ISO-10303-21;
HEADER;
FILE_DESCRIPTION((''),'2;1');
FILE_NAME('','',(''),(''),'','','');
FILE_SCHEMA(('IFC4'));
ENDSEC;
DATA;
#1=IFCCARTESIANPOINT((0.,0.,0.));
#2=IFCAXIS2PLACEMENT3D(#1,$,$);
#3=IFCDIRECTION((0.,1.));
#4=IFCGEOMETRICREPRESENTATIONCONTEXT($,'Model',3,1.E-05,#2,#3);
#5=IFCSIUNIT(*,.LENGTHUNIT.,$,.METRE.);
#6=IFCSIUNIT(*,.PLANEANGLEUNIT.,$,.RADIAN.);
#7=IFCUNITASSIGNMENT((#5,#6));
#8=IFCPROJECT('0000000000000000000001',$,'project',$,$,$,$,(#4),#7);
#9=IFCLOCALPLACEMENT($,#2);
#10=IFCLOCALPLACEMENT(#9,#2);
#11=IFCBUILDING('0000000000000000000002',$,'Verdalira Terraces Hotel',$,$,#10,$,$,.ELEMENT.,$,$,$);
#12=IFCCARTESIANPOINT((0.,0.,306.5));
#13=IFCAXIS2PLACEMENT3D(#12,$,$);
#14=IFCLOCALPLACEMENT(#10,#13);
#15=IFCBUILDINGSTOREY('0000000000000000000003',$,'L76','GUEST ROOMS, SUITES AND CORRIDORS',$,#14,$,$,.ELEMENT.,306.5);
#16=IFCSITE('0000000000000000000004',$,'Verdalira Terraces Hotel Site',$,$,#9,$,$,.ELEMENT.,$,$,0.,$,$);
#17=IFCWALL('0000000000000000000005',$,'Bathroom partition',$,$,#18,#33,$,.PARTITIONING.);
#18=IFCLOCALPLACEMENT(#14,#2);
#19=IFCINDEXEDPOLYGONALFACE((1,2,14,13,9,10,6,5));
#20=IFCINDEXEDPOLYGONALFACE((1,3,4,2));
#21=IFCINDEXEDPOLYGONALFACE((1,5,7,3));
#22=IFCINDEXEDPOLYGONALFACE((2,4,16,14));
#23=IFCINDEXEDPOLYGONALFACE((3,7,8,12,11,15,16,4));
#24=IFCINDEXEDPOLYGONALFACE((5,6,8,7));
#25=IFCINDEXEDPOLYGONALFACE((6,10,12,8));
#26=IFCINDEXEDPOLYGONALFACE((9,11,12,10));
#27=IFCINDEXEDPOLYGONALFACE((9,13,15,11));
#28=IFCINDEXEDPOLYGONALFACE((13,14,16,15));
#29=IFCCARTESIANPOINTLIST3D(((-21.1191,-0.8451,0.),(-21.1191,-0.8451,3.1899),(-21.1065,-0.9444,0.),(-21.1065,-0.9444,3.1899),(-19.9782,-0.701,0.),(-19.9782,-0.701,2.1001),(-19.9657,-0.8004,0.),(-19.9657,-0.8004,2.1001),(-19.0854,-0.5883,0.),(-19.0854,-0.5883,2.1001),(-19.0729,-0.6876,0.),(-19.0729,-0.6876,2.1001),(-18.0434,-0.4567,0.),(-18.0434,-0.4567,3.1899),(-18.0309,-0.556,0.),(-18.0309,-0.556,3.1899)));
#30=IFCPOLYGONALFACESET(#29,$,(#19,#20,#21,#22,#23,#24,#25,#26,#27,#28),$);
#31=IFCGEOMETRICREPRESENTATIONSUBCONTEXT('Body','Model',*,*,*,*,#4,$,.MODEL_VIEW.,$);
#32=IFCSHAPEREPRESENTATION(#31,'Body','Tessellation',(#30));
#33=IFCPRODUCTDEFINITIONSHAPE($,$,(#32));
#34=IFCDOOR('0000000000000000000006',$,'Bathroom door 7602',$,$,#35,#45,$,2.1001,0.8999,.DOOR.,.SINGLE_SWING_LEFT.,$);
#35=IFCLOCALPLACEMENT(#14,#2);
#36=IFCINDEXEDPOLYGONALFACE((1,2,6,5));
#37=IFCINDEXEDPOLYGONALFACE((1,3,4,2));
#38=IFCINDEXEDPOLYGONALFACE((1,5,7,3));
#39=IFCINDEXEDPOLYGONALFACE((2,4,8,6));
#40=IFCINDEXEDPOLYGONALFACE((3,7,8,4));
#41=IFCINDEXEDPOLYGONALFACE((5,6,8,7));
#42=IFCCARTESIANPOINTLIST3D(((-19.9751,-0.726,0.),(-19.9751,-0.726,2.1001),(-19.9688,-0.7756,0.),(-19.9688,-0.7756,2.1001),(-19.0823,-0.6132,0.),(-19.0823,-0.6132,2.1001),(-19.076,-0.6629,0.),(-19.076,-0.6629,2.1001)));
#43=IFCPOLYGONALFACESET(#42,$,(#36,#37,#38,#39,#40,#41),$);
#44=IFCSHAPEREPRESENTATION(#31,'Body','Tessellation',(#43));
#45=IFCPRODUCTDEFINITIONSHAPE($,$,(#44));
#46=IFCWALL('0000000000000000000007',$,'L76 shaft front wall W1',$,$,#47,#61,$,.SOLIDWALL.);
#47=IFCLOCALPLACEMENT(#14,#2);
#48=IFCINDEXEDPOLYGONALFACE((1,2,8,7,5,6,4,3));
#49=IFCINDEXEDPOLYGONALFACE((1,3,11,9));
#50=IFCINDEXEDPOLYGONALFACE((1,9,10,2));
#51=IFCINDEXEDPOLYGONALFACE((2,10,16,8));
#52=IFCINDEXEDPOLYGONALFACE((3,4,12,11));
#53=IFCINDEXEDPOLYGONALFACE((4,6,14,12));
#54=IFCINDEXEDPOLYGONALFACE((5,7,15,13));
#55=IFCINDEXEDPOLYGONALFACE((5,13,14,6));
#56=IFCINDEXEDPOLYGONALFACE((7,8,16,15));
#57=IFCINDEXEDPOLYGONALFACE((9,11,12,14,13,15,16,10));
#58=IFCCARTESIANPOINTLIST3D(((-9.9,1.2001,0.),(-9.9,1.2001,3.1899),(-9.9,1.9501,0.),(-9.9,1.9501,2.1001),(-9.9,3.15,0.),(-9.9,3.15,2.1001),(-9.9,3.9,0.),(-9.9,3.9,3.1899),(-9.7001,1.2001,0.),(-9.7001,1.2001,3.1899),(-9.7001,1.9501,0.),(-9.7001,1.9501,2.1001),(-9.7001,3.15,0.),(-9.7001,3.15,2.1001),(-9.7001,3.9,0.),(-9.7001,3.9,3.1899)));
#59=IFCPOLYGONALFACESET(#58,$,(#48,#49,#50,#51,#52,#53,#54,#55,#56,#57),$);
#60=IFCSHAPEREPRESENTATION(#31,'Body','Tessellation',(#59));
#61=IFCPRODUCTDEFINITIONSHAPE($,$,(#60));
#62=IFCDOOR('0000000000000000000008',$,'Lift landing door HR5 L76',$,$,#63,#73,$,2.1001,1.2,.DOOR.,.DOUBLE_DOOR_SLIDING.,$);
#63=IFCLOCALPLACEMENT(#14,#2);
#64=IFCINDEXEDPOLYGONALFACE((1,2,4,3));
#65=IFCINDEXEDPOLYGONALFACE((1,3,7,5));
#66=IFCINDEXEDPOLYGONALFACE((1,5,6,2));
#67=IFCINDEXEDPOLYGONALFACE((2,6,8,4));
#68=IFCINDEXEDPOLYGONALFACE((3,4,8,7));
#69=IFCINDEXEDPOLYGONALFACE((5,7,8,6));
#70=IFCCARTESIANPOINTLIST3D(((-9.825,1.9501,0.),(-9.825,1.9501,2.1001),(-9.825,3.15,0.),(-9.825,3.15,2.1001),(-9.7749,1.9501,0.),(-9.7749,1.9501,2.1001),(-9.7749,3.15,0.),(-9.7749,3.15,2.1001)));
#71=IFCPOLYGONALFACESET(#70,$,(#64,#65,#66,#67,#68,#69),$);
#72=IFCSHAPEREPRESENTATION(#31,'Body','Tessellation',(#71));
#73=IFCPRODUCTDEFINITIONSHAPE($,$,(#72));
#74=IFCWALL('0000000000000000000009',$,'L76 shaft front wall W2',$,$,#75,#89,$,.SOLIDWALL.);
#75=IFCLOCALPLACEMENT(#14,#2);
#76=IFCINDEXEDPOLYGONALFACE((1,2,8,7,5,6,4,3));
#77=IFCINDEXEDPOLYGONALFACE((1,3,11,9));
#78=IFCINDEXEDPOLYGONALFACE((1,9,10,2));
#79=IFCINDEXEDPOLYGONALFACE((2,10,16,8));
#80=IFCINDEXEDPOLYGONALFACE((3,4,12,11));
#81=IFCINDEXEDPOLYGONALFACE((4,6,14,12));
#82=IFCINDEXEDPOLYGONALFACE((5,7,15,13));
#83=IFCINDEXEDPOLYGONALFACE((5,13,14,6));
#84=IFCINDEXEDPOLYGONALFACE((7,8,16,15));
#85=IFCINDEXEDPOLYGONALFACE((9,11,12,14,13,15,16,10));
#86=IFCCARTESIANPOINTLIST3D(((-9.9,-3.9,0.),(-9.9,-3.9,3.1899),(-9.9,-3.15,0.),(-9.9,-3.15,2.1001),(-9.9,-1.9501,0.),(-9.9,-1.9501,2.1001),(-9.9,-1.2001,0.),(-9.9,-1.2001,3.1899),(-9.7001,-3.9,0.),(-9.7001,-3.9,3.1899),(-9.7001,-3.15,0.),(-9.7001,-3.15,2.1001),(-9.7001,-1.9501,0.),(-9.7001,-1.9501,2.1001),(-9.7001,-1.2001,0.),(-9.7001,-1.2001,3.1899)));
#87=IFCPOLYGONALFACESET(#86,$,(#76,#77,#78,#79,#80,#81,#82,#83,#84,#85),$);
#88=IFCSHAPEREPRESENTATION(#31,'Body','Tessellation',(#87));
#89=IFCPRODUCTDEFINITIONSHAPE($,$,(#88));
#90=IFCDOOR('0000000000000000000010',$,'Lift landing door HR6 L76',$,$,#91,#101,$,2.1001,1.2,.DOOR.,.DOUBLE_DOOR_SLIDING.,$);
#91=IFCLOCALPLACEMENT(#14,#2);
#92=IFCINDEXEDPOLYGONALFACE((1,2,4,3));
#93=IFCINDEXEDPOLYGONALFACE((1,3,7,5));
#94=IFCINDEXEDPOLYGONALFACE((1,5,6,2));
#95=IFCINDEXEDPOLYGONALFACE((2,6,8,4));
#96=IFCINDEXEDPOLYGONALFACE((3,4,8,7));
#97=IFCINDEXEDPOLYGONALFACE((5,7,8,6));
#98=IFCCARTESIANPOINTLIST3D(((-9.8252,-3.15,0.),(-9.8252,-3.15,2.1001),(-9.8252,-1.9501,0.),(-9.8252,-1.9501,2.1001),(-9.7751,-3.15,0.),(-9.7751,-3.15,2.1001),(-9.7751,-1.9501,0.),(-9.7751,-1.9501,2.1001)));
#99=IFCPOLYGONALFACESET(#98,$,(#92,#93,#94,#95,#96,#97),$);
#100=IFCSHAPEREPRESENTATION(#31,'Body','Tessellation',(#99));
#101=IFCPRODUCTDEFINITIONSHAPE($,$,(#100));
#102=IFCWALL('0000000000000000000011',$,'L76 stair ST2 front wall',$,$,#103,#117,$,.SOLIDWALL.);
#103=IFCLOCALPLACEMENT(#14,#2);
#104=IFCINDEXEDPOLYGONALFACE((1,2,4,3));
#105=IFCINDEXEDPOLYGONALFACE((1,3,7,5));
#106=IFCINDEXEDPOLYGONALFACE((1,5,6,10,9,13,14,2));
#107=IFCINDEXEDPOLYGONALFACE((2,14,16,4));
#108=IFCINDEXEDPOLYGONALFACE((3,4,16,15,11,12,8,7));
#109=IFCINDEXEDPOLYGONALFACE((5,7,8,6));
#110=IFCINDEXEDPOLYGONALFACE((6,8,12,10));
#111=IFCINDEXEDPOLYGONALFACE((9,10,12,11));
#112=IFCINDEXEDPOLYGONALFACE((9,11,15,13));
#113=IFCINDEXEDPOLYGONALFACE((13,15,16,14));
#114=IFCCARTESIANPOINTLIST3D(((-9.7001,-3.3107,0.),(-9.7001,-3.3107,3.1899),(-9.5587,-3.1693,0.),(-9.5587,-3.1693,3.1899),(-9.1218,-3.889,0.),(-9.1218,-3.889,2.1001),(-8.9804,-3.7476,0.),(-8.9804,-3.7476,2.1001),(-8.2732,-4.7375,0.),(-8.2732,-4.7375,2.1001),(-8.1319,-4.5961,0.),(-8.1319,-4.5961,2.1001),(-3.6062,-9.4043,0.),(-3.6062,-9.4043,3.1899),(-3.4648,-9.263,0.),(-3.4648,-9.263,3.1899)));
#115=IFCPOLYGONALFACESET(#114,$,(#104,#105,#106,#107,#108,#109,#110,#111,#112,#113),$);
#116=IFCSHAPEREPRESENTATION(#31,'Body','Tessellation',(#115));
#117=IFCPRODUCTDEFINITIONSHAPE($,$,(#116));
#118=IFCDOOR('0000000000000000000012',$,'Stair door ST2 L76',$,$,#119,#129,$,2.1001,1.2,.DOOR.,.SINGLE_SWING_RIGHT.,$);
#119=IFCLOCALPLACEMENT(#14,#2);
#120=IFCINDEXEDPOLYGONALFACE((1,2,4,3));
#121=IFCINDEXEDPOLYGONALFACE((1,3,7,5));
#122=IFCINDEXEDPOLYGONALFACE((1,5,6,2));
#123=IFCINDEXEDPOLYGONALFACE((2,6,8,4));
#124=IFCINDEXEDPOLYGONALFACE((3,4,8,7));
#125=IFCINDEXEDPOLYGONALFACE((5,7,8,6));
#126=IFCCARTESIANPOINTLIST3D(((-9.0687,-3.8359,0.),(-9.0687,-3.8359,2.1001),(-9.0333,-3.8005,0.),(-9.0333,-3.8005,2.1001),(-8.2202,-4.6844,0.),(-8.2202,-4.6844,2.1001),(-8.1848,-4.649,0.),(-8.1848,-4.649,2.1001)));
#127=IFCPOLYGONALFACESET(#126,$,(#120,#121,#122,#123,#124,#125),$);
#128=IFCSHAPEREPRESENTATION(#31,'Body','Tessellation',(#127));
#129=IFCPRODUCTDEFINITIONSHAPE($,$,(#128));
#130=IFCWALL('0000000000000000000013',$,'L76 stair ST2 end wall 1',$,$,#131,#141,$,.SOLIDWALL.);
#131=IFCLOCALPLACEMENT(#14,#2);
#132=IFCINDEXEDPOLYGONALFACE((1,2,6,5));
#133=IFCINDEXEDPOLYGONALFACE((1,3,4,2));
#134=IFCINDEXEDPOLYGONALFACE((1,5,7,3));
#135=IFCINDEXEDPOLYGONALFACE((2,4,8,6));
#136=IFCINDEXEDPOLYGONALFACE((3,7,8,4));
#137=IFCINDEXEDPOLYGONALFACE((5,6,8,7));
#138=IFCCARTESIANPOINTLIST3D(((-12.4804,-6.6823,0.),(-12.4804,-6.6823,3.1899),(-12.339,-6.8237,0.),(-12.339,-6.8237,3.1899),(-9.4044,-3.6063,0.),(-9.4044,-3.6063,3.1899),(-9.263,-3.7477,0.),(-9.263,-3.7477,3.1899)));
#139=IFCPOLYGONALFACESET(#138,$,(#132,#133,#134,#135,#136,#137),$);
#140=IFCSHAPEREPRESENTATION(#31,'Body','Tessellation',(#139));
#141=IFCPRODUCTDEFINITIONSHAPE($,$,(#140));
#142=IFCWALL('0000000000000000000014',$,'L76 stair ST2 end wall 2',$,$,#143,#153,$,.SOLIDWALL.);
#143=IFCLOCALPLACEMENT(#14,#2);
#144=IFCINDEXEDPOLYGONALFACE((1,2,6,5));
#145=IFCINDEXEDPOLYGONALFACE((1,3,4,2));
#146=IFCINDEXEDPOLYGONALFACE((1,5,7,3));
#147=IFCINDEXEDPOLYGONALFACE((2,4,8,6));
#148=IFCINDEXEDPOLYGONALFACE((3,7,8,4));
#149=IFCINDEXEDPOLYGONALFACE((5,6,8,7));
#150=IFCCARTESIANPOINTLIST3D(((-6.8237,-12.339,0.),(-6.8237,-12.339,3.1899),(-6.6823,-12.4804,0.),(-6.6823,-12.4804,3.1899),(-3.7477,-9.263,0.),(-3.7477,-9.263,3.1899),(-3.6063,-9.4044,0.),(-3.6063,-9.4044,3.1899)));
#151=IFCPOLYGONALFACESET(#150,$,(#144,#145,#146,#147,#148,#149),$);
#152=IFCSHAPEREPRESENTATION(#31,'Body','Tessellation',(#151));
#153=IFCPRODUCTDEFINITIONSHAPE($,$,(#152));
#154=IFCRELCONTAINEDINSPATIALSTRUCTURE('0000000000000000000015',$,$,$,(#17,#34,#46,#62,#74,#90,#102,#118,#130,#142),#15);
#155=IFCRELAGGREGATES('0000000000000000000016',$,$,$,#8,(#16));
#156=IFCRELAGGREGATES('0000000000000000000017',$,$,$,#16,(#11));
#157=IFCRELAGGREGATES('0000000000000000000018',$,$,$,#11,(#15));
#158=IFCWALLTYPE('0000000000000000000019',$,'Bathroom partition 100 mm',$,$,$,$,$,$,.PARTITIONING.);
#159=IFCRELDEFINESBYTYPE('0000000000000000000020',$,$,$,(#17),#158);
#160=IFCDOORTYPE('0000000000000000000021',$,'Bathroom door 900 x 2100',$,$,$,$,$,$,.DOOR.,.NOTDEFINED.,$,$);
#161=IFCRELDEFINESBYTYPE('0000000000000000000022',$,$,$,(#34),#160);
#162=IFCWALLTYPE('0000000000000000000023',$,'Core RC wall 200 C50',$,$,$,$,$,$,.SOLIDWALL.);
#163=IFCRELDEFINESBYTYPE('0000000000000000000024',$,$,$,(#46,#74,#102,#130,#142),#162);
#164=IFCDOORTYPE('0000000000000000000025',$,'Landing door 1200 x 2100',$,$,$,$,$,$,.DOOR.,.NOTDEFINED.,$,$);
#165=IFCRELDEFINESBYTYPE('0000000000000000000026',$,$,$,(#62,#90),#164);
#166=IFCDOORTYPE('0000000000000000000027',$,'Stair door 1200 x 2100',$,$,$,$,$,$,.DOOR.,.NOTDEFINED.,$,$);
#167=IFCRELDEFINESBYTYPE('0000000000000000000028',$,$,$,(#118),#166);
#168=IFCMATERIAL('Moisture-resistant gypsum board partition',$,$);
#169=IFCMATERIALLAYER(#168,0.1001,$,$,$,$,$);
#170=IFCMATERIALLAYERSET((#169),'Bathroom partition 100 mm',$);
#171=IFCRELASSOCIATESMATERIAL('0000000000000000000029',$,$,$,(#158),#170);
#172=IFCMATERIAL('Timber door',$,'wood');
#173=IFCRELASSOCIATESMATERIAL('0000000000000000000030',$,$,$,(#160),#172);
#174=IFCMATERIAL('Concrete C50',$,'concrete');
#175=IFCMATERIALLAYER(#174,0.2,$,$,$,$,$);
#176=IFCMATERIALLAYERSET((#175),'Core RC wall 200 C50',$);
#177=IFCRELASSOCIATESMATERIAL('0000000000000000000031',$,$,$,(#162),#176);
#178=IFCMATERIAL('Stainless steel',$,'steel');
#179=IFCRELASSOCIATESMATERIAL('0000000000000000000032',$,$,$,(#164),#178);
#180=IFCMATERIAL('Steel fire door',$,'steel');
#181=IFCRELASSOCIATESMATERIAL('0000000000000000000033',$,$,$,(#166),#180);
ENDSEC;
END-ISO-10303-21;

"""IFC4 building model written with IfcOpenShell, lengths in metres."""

from ifc_helpers import new_model, si_unit, direction, frame, frame_2d, origin, place, context, subcontext, project, spatial, rectangle, extrude, material, layer, layer_set, type_object, element, fill, save


model = new_model("IFC4")

# Units and contexts
model_context = context("Model", 3, precision=1e-05, world=origin(), true_north=direction((0.0, 1.0)))
body_context = subcontext(model_context, "Body", "Model", "MODEL_VIEW")
ifc_project = project(units=[si_unit("LENGTHUNIT", "METRE"), si_unit("PLANEANGLEUNIT", "RADIAN")], contexts=[model_context])

# Site, building, storey
site_placement = place(None, origin())
site = spatial("IfcSite", under=ifc_project, at=site_placement, Name="Verdalira Terraces Hotel Site", CompositionType="ELEMENT", RefElevation=0.0)
building_placement = place(site_placement, origin())
building = spatial("IfcBuilding", under=site, at=building_placement, Name="Verdalira Terraces Hotel", CompositionType="ELEMENT")
storey_placement = place(building_placement, frame((0.0, 0.0, 306.5)))
storey = spatial("IfcBuildingStorey", under=building, at=storey_placement, Name="L76", Description="GUEST ROOMS, SUITES AND CORRIDORS", CompositionType="ELEMENT", Elevation=306.5)

# Walls, openings, doors
ifc_material_1 = material(Name="Moisture-resistant gypsum board partition")
ifc_layer_1 = layer(ifc_material_1, 0.1001)
ifc_layer_set_1 = layer_set([ifc_layer_1], Name="Bathroom partition 100 mm")
wall_type_1 = type_object("IfcWallType", Name="Bathroom partition 100 mm", PredefinedType="PARTITIONING", material=ifc_layer_set_1)
wall_1_placement = place(storey_placement, frame((-21.1128, -0.8948, 0.0), z_axis=(0.0, 0.0, 1.0), x_axis=(0.99212, 0.125295, 0.0)))
wall_1 = element("IfcWall", 1, at=wall_1_placement, inside=storey, type_object=wall_type_1, Name="Bathroom partition", PredefinedType="PARTITIONING", context=body_context, shape_type="SweptSolid", body=[
    extrude(rectangle(XDim=3.1001, YDim=0.1001, at=frame_2d((1.55, 0.0))), origin(), (0.0, 0.0, 1.0), 3.1899),
])
opening_1_placement = place(wall_1_placement, frame((1.1499, 0.0, 0.0)))
opening_1 = element("IfcOpeningElement", 2, at=opening_1_placement, cuts=wall_1, PredefinedType="OPENING", context=body_context, shape_type="SweptSolid", body=[
    extrude(rectangle(XDim=0.8999, YDim=2.1001, at=frame_2d((0.45, 1.05))), frame((0.0, 0.0601, 0.0), z_axis=(0.0, -1.0, 0.0), x_axis=(1.0, 0.0, 0.0)), (0.0, 0.0, 1.0), 0.1201),
])
ifc_material_2 = material(Name="Timber door", Category="wood")
door_type_1 = type_object("IfcDoorType", Name="Bathroom door 900 x 2100", OperationType="NOTDEFINED", PredefinedType="DOOR", material=ifc_material_2)
door_1_placement = place(opening_1_placement, origin())
door_1 = element("IfcDoor", 3, at=door_1_placement, inside=storey, type_object=door_type_1, Name="Bathroom door 7602", OperationType="SINGLE_SWING_LEFT", OverallHeight=2.1001, OverallWidth=0.8999, PredefinedType="DOOR", context=body_context, shape_type="SweptSolid", body=[
    extrude(rectangle(XDim=0.8999, YDim=2.1001, at=frame_2d((0.45, 1.05))), frame((0.0, 0.0249, 0.0), z_axis=(0.0, -1.0, 0.0), x_axis=(1.0, 0.0, 0.0)), (0.0, 0.0, 1.0), 0.05),
])
fill(opening_1, door_1)
ifc_material_3 = material(Name="Concrete C50", Category="concrete")
ifc_layer_2 = layer(ifc_material_3, 0.2)
ifc_layer_set_2 = layer_set([ifc_layer_2], Name="Core RC wall 200 C50")
wall_type_2 = type_object("IfcWallType", Name="Core RC wall 200 C50", PredefinedType="SOLIDWALL", material=ifc_layer_set_2)
wall_2_placement = place(storey_placement, frame((-9.8, 1.2, 0.0), z_axis=(0.0, 0.0, 1.0), x_axis=(0.0, 1.0, 0.0)))
wall_2 = element("IfcWall", 4, at=wall_2_placement, inside=storey, type_object=wall_type_2, Name="L76 shaft front wall W1", PredefinedType="SOLIDWALL", context=body_context, shape_type="SweptSolid", body=[
    extrude(rectangle(XDim=2.7, YDim=0.2, at=frame_2d((1.3501, 0.0))), origin(), (0.0, 0.0, 1.0), 3.1899),
])
opening_2_placement = place(wall_2_placement, frame((0.75, 0.0, 0.0)))
opening_2 = element("IfcOpeningElement", 5, at=opening_2_placement, cuts=wall_2, PredefinedType="OPENING", context=body_context, shape_type="SweptSolid", body=[
    extrude(rectangle(XDim=1.2, YDim=2.1001, at=frame_2d((0.6001, 1.05))), frame((0.0, 0.1099, 0.0), z_axis=(0.0, -1.0, 0.0), x_axis=(1.0, 0.0, 0.0)), (0.0, 0.0, 1.0), 0.22),
])
ifc_material_4 = material(Name="Stainless steel", Category="steel")
door_type_2 = type_object("IfcDoorType", Name="Landing door 1200 x 2100", OperationType="NOTDEFINED", PredefinedType="DOOR", material=ifc_material_4)
door_2_placement = place(opening_2_placement, origin())
door_2 = element("IfcDoor", 6, at=door_2_placement, inside=storey, type_object=door_type_2, Name="Lift landing door HR5 L76", OperationType="DOUBLE_DOOR_SLIDING", OverallHeight=2.1001, OverallWidth=1.2, PredefinedType="DOOR", context=body_context, shape_type="SweptSolid", body=[
    extrude(rectangle(XDim=1.2, YDim=2.1001, at=frame_2d((0.6001, 1.05))), frame((0.0, 0.0249, 0.0), z_axis=(0.0, -1.0, 0.0), x_axis=(1.0, 0.0, 0.0)), (0.0, 0.0, 1.0), 0.05),
])
fill(opening_2, door_2)
wall_3_placement = place(storey_placement, frame((-9.8, -1.2, 0.0), z_axis=(0.0, 0.0, 1.0), x_axis=(0.0, -1.0, 0.0)))
wall_3 = element("IfcWall", 7, at=wall_3_placement, inside=storey, type_object=wall_type_2, Name="L76 shaft front wall W2", PredefinedType="SOLIDWALL", context=body_context, shape_type="SweptSolid", body=[
    extrude(rectangle(XDim=2.7, YDim=0.2, at=frame_2d((1.3501, 0.0))), origin(), (0.0, 0.0, 1.0), 3.1899),
])
opening_3_placement = place(wall_3_placement, frame((0.75, 0.0, 0.0)))
opening_3 = element("IfcOpeningElement", 8, at=opening_3_placement, cuts=wall_3, PredefinedType="OPENING", context=body_context, shape_type="SweptSolid", body=[
    extrude(rectangle(XDim=1.2, YDim=2.1001, at=frame_2d((0.6001, 1.05))), frame((0.0, 0.1099, 0.0), z_axis=(0.0, -1.0, 0.0), x_axis=(1.0, 0.0, 0.0)), (0.0, 0.0, 1.0), 0.22),
])
door_3_placement = place(opening_3_placement, origin())
door_3 = element("IfcDoor", 9, at=door_3_placement, inside=storey, type_object=door_type_2, Name="Lift landing door HR6 L76", OperationType="DOUBLE_DOOR_SLIDING", OverallHeight=2.1001, OverallWidth=1.2, PredefinedType="DOOR", context=body_context, shape_type="SweptSolid", body=[
    extrude(rectangle(XDim=1.2, YDim=2.1001, at=frame_2d((0.6001, 1.05))), frame((0.0, 0.0249, 0.0), z_axis=(0.0, -1.0, 0.0), x_axis=(1.0, 0.0, 0.0)), (0.0, 0.0, 1.0), 0.05),
])
fill(opening_3, door_3)
wall_4_placement = place(storey_placement, frame((-3.5354, -9.3337, 0.0), z_axis=(0.0, 0.0, 1.0), x_axis=(-0.707121, 0.707093, 0.0)))
wall_4 = element("IfcWall", 10, at=wall_4_placement, inside=storey, type_object=wall_type_2, Name="L76 stair ST2 front wall", PredefinedType="SOLIDWALL", context=body_context, shape_type="SweptSolid", body=[
    extrude(rectangle(XDim=8.6179, YDim=0.2, at=frame_2d((4.3091, 0.0))), origin(), (0.0, 0.0, 1.0), 3.1899),
])
opening_4_placement = place(wall_4_placement, frame((6.6001, 0.0, 0.0)))
opening_4 = element("IfcOpeningElement", 11, at=opening_4_placement, cuts=wall_4, PredefinedType="OPENING", context=body_context, shape_type="SweptSolid", body=[
    extrude(rectangle(XDim=1.2, YDim=2.1001, at=frame_2d((0.6001, 1.05))), frame((0.0, 0.1099, 0.0), z_axis=(0.0, -1.0, 0.0), x_axis=(1.0, 0.0, 0.0)), (0.0, 0.0, 1.0), 0.22),
])
ifc_material_5 = material(Name="Steel fire door", Category="steel")
door_type_3 = type_object("IfcDoorType", Name="Stair door 1200 x 2100", OperationType="NOTDEFINED", PredefinedType="DOOR", material=ifc_material_5)
door_4_placement = place(opening_4_placement, origin())
door_4 = element("IfcDoor", 12, at=door_4_placement, inside=storey, type_object=door_type_3, Name="Stair door ST2 L76", OperationType="SINGLE_SWING_RIGHT", OverallHeight=2.1001, OverallWidth=1.2, PredefinedType="DOOR", context=body_context, shape_type="SweptSolid", body=[
    extrude(rectangle(XDim=1.2, YDim=2.1001, at=frame_2d((0.6001, 1.05))), frame((0.0, 0.0249, 0.0), z_axis=(0.0, -1.0, 0.0), x_axis=(1.0, 0.0, 0.0)), (0.0, 0.0, 1.0), 0.05),
])
fill(opening_4, door_4)

# Walls
for number, where, z_axis, x_axis, name in (
    (13, (-9.3337, -3.677, 0.0), (0.0, 0.0, 1.0), (-0.707107, -0.707107, 0.0), "L76 stair ST2 end wall 1"),
    (14, (-3.677, -9.3337, 0.0), (0.0, 0.0, 1.0), (-0.707107, -0.707107, 0.0), "L76 stair ST2 end wall 2"),
):
    element("IfcWall", number, at=place(storey_placement, frame(where, z_axis=z_axis, x_axis=x_axis)), inside=storey, type_object=wall_type_2, Name=name, PredefinedType="SOLIDWALL", context=body_context, shape_type="SweptSolid", body=[
        extrude(rectangle(XDim=4.3501, YDim=0.2, at=frame_2d((2.175, 0.0))), origin(), (0.0, 0.0, 1.0), 3.1899),
    ])

save(model, "model.ifc")
